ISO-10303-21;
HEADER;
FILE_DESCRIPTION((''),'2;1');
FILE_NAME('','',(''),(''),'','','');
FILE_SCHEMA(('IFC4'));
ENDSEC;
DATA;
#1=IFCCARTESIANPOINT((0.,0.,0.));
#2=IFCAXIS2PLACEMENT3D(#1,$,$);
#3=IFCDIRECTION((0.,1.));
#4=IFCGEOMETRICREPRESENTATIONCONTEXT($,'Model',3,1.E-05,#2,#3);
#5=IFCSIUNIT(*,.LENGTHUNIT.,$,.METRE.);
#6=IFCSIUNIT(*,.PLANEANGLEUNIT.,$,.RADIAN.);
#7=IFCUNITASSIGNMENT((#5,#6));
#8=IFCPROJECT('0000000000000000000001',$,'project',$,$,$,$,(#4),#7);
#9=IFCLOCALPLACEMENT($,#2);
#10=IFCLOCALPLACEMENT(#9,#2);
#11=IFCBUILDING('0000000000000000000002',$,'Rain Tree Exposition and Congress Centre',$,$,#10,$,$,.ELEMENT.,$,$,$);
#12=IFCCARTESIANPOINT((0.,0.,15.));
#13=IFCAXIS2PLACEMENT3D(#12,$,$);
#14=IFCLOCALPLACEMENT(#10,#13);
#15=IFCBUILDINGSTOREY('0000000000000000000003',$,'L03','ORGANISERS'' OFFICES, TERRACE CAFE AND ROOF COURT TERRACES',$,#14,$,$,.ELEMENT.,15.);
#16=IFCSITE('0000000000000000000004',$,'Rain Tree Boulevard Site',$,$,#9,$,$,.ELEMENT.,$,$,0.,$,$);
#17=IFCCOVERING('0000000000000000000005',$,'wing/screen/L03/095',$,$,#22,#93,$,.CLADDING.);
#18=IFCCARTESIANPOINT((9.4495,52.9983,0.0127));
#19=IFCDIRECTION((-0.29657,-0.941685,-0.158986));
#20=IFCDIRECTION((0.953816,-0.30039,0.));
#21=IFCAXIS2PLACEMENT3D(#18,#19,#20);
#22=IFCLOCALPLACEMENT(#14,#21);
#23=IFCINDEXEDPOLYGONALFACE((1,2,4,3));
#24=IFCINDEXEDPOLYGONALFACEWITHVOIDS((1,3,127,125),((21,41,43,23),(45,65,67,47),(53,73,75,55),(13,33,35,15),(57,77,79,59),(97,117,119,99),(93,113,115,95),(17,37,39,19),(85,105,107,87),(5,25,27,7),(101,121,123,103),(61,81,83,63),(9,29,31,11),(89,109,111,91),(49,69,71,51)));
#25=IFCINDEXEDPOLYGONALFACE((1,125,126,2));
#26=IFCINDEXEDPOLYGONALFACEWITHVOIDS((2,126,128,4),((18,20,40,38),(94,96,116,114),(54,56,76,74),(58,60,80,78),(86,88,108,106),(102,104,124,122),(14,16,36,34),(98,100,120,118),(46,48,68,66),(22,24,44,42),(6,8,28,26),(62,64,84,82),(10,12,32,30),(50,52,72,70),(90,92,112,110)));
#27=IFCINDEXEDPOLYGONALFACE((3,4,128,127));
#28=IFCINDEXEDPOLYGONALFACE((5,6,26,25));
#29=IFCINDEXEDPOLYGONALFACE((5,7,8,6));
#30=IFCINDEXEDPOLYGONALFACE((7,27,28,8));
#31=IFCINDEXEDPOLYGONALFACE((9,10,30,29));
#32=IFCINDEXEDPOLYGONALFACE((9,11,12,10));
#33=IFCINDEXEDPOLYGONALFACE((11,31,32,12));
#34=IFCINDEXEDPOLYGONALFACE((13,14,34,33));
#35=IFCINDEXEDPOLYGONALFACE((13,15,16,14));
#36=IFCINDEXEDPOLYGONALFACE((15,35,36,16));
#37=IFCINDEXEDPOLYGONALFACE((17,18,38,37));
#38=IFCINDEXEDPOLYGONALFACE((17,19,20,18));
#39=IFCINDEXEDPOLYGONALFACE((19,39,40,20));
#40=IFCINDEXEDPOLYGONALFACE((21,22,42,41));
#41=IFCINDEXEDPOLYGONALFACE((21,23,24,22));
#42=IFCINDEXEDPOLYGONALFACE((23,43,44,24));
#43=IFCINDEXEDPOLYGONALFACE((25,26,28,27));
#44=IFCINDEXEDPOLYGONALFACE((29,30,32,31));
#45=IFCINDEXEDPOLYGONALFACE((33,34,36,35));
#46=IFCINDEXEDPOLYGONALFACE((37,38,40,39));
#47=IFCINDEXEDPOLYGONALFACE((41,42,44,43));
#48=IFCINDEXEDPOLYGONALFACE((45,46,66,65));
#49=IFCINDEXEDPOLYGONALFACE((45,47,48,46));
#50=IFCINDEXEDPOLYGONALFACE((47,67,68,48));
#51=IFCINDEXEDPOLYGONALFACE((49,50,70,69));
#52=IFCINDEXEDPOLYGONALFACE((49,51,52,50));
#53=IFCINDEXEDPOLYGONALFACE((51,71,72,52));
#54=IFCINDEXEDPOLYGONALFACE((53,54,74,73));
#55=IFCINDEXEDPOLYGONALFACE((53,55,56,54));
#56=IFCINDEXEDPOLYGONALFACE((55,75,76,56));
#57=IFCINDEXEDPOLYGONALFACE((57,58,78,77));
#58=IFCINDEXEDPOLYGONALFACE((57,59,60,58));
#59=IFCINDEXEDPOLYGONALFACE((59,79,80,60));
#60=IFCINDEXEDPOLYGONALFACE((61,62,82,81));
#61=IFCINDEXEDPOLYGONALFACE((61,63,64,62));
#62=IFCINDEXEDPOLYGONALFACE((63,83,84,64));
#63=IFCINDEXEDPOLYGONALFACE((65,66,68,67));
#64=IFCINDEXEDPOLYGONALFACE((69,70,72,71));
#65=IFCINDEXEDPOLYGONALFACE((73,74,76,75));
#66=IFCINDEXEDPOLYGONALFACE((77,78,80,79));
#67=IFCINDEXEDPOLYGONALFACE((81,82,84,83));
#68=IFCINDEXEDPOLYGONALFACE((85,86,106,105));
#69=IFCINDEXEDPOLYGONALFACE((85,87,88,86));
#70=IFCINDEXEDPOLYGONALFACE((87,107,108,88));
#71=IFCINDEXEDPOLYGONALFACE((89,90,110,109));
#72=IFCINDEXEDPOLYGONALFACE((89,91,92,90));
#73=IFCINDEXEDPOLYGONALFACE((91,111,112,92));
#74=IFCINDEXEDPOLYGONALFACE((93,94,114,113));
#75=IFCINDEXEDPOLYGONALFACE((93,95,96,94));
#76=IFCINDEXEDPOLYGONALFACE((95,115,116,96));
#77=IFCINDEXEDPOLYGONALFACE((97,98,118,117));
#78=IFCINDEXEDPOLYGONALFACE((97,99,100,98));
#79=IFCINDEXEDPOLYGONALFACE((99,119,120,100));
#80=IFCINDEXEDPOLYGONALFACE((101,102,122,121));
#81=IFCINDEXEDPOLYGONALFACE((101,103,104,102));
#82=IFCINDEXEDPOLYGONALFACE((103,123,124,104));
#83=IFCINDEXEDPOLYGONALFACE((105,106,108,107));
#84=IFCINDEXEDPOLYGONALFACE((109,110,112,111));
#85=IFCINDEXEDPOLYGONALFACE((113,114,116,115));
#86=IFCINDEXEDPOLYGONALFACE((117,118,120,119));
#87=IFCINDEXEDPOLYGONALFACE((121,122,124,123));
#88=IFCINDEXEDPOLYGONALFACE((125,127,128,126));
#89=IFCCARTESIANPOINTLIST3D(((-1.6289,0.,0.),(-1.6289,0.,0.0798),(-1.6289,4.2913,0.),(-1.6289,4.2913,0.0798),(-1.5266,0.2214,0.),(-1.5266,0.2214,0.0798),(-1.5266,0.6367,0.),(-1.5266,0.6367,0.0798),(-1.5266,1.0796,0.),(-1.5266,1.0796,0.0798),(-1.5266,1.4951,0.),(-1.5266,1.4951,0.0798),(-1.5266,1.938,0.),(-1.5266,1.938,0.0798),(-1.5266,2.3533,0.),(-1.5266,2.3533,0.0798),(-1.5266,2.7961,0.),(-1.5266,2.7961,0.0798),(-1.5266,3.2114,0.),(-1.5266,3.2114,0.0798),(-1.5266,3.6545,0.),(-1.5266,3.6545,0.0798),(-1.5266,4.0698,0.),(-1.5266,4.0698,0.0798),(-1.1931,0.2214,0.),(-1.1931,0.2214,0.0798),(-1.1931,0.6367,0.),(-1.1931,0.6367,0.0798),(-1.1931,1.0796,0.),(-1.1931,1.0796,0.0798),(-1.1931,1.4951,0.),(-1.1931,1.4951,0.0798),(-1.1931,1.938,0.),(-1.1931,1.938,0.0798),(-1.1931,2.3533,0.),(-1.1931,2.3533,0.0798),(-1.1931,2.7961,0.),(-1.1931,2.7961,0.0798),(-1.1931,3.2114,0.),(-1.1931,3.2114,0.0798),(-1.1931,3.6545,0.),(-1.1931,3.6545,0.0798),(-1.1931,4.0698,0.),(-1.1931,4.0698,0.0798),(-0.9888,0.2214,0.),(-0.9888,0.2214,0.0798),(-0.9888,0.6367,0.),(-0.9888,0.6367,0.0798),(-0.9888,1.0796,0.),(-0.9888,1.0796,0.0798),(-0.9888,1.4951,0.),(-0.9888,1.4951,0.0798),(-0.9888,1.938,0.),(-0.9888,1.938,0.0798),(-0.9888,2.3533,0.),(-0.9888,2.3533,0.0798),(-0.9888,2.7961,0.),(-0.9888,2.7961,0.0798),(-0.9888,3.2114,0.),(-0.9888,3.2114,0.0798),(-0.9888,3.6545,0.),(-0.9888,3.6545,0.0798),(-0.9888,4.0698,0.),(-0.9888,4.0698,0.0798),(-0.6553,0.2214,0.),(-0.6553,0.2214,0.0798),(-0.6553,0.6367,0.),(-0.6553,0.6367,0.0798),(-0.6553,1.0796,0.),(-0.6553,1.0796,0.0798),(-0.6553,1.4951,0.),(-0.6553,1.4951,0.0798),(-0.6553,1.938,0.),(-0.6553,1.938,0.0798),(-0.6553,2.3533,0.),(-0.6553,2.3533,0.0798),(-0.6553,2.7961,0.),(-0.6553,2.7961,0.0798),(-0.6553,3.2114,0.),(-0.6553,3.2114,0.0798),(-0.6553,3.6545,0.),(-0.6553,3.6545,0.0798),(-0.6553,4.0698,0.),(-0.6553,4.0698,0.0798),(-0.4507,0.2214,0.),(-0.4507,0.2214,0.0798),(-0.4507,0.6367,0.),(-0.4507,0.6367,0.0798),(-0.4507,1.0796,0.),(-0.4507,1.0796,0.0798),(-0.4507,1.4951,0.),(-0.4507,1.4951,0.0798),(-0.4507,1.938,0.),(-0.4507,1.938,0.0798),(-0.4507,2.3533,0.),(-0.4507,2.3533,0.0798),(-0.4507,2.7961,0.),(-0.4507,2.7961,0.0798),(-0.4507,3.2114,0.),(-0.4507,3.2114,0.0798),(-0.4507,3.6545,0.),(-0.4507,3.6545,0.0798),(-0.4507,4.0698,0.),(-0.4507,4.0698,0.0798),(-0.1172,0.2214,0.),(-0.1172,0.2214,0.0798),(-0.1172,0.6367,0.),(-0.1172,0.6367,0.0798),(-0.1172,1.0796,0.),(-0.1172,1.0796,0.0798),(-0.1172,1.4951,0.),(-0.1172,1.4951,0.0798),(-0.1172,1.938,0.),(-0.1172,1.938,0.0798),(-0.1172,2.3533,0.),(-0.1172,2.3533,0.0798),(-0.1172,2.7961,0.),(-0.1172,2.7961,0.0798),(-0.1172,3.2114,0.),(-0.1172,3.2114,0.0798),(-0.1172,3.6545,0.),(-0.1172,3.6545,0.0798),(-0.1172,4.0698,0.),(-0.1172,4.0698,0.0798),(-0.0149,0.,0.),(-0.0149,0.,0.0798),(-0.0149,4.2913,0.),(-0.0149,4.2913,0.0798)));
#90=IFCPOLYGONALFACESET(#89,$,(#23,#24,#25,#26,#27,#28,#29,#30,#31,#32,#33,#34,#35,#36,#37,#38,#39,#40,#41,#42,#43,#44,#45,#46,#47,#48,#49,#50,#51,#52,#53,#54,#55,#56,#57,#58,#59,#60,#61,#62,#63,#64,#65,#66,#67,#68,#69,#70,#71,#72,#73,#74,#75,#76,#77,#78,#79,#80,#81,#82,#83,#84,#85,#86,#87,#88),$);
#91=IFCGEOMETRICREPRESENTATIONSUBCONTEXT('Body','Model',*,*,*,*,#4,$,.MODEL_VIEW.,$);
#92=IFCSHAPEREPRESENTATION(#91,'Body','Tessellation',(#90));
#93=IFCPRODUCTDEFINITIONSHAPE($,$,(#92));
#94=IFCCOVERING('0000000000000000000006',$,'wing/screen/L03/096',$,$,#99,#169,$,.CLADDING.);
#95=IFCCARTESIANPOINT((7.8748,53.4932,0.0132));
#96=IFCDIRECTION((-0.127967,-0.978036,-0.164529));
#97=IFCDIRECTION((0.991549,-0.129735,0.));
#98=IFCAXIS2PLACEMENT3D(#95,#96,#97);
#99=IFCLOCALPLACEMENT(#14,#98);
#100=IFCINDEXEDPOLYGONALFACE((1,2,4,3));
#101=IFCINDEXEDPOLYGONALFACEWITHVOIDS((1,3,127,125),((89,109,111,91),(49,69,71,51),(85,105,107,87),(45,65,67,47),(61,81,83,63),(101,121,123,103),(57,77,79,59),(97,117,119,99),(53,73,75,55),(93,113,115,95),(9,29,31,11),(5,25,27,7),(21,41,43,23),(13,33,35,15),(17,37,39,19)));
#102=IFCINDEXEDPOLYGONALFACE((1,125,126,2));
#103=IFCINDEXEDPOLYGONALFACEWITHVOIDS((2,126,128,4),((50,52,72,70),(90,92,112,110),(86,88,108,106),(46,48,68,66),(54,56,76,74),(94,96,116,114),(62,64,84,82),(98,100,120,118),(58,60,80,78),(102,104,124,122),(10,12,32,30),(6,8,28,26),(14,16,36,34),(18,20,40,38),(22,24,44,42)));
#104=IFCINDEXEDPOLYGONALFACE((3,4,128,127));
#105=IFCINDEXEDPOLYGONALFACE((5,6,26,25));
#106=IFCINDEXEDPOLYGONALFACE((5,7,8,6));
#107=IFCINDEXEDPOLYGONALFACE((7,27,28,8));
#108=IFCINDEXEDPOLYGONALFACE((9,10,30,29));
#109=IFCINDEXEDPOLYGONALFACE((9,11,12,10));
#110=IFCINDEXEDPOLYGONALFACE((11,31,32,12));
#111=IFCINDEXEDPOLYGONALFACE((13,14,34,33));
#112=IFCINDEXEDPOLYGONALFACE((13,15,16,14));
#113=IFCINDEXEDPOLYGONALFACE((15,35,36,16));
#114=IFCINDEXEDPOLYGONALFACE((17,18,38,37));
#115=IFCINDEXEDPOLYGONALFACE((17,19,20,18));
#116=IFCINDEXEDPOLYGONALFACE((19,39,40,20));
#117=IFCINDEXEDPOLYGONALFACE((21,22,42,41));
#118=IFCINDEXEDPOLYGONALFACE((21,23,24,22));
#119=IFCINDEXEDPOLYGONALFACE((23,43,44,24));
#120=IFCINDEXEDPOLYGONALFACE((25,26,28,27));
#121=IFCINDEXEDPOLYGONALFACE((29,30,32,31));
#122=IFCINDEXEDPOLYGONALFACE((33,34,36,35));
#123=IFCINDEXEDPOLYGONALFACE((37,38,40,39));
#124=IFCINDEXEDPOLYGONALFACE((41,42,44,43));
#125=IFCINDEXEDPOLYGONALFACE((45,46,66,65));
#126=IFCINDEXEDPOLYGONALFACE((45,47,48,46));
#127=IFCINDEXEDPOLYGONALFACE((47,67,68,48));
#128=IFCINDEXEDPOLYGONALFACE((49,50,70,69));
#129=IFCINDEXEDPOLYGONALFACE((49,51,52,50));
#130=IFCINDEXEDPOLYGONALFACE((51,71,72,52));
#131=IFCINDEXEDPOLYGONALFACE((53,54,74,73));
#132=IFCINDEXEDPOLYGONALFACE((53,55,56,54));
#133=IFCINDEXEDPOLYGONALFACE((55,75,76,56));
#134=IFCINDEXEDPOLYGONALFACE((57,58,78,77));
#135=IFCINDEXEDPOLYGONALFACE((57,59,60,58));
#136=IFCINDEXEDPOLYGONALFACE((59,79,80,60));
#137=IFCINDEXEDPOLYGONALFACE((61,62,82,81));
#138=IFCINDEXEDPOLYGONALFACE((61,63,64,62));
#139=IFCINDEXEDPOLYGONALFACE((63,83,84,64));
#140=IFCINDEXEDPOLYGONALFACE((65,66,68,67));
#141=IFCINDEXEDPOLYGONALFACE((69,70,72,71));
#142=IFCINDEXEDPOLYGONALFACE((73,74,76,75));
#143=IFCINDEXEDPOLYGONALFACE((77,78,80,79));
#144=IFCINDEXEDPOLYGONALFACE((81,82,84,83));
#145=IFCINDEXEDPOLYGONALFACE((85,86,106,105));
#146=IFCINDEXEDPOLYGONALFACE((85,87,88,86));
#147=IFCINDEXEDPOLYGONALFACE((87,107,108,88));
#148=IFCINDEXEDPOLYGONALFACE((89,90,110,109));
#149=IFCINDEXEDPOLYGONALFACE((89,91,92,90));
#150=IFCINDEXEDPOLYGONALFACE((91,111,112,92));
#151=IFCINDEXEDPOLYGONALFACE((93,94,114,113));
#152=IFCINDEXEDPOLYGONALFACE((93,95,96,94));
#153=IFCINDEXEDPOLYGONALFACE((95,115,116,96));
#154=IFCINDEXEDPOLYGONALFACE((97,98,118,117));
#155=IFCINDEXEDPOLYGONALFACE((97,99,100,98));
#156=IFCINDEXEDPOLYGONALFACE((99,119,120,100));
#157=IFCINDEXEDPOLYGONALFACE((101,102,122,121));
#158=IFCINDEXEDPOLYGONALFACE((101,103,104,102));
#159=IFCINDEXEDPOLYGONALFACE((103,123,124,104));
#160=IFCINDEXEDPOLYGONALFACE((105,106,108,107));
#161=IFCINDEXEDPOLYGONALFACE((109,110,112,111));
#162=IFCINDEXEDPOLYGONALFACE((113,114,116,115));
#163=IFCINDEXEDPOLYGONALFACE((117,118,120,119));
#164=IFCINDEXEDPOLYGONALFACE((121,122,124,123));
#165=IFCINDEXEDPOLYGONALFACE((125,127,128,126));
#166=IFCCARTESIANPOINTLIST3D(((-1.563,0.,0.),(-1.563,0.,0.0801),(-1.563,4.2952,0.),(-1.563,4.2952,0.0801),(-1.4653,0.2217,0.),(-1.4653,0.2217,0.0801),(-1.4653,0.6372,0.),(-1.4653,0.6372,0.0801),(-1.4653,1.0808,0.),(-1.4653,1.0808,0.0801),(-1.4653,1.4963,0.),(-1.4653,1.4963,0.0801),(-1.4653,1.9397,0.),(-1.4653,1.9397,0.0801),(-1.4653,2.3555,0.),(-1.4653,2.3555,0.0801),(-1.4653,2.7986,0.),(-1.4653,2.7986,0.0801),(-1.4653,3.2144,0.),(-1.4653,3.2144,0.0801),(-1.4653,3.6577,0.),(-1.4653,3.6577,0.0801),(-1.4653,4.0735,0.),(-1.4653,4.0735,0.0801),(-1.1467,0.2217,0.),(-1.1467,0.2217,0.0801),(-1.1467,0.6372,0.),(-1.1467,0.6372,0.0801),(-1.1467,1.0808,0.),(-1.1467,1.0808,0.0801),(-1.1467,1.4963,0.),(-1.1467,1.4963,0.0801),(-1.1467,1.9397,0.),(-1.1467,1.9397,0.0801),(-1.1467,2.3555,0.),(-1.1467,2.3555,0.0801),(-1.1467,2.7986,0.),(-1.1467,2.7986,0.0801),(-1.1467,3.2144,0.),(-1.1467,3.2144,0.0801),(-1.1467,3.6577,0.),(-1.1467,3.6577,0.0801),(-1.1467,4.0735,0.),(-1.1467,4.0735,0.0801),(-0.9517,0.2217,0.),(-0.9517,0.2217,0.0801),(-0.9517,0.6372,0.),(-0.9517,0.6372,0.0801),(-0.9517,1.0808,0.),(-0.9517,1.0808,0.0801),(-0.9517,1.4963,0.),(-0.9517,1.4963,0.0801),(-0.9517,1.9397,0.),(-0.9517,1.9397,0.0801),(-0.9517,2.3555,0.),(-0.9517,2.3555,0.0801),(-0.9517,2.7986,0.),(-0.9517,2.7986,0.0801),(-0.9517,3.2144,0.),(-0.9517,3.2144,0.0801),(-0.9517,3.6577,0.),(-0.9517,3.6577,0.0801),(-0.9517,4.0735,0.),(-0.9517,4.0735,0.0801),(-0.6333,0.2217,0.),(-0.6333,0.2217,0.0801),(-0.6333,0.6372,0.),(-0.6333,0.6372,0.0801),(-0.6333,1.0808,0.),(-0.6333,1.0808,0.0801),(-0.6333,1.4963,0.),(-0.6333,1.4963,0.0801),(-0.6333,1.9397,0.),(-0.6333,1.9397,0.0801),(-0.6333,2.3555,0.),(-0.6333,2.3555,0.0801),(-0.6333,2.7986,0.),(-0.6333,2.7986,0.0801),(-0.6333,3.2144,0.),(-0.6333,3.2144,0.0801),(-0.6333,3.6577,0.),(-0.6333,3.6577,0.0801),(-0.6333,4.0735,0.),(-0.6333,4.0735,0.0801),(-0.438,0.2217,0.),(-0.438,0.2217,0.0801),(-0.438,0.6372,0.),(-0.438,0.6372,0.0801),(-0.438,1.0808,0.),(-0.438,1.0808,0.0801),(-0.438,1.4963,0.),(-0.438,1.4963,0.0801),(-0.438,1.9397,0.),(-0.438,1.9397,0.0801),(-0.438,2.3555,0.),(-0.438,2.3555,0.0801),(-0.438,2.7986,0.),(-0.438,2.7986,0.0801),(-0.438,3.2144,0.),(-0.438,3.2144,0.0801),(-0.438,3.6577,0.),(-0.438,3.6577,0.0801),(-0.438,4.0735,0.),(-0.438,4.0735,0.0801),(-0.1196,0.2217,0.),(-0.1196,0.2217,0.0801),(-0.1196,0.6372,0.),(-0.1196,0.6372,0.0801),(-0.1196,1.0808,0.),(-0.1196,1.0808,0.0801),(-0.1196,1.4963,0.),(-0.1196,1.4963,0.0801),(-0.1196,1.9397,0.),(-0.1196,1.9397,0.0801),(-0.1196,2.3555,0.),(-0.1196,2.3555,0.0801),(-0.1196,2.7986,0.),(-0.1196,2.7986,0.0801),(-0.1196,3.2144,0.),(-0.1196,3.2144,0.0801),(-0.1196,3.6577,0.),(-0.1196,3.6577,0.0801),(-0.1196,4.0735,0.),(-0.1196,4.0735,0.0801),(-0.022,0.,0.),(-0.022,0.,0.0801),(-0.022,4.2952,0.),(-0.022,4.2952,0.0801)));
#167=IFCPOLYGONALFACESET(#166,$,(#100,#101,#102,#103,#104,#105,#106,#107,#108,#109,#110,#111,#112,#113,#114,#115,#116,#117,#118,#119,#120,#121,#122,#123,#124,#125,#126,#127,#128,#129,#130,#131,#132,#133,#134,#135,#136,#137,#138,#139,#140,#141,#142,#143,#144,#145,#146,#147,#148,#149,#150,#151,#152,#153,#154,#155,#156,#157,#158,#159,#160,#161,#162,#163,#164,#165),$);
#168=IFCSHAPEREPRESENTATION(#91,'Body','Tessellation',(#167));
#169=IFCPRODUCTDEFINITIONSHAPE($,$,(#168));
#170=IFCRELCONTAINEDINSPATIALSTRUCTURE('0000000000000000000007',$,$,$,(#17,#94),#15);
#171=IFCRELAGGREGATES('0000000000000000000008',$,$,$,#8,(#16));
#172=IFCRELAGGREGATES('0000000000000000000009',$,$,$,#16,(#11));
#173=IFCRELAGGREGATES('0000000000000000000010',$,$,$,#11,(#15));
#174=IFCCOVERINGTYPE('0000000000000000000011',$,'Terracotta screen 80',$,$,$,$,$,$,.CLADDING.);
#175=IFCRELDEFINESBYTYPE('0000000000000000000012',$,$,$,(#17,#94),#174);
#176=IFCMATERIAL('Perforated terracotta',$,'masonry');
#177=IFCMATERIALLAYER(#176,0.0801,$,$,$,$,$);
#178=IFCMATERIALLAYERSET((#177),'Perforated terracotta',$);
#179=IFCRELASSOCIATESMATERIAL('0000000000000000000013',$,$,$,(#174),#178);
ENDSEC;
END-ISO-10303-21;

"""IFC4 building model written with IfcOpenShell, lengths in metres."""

from ifc_helpers import new_model, si_unit, direction, frame, origin, place, context, subcontext, project, spatial, polyline, outline, extrude, material, layer, layer_set, type_object, element, save


model = new_model("IFC4")

# Units and contexts
model_context = context("Model", 3, precision=1e-05, world=origin(), true_north=direction((0.0, 1.0)))
body_context = subcontext(model_context, "Body", "Model", "MODEL_VIEW")
ifc_project = project(units=[si_unit("LENGTHUNIT", "METRE"), si_unit("PLANEANGLEUNIT", "RADIAN")], contexts=[model_context])

# Site, building, storey
site_placement = place(None, origin())
site = spatial("IfcSite", under=ifc_project, at=site_placement, Name="Rain Tree Boulevard Site", CompositionType="ELEMENT", RefElevation=0.0)
building_placement = place(site_placement, origin())
building = spatial("IfcBuilding", under=site, at=building_placement, Name="Rain Tree Exposition and Congress Centre", CompositionType="ELEMENT")
storey_placement = place(building_placement, frame((0.0, 0.0, 15.0)))
storey = spatial("IfcBuildingStorey", under=building, at=storey_placement, Name="L03", Description="ORGANISERS' OFFICES, TERRACE CAFE AND ROOF COURT TERRACES", CompositionType="ELEMENT", Elevation=15.0)

# Coverings
ifc_material_1 = material(Name="Perforated terracotta", Category="masonry")
ifc_layer = layer(ifc_material_1, 0.0801)
ifc_layer_set = layer_set([ifc_layer], Name="Perforated terracotta")
covering_type = type_object("IfcCoveringType", Name="Terracotta screen 80", PredefinedType="CLADDING", material=ifc_layer_set)
covering_1_placement = place(storey_placement, frame((9.4495, 52.9983, 0.0127), z_axis=(-0.29657, -0.941685, -0.158986), x_axis=(0.953816, -0.30039, 0.0)))
element("IfcCovering", 1, at=covering_1_placement, inside=storey, type_object=covering_type, Name="wing/screen/L03/095", PredefinedType="CLADDING", context=body_context, shape_type="SweptSolid", body=[
    extrude(outline(polyline([(-1.6289, 0.0), (-1.6289, 4.2913), (-0.0149, 4.2913), (-0.0149, 0.0), (-1.6289, 0.0)]), holes=[polyline([(-0.1172, 0.2214), (-0.1172, 0.6367), (-0.4507, 0.6367), (-0.4507, 0.2214), (-0.1172, 0.2214)]), polyline([(-0.1172, 1.0796), (-0.1172, 1.4951), (-0.4507, 1.4951), (-0.4507, 1.0796), (-0.1172, 1.0796)]), polyline([(-0.1172, 1.938), (-0.1172, 2.3533), (-0.4507, 2.3533), (-0.4507, 1.938), (-0.1172, 1.938)]), polyline([(-0.1172, 2.7961), (-0.1172, 3.2114), (-0.4507, 3.2114), (-0.4507, 2.7961), (-0.1172, 2.7961)]), polyline([(-0.1172, 3.6545), (-0.1172, 4.0698), (-0.4507, 4.0698), (-0.4507, 3.6545), (-0.1172, 3.6545)]), polyline([(-0.6553, 0.2214), (-0.6553, 0.6367), (-0.9888, 0.6367), (-0.9888, 0.2214), (-0.6553, 0.2214)]), polyline([(-0.6553, 1.0796), (-0.6553, 1.4951), (-0.9888, 1.4951), (-0.9888, 1.0796), (-0.6553, 1.0796)]), polyline([(-0.6553, 1.938), (-0.6553, 2.3533), (-0.9888, 2.3533), (-0.9888, 1.938), (-0.6553, 1.938)]), polyline([(-0.6553, 2.7961), (-0.6553, 3.2114), (-0.9888, 3.2114), (-0.9888, 2.7961), (-0.6553, 2.7961)]), polyline([(-0.6553, 3.6545), (-0.6553, 4.0698), (-0.9888, 4.0698), (-0.9888, 3.6545), (-0.6553, 3.6545)]), polyline([(-1.1931, 0.2214), (-1.1931, 0.6367), (-1.5266, 0.6367), (-1.5266, 0.2214), (-1.1931, 0.2214)]), polyline([(-1.1931, 1.0796), (-1.1931, 1.4951), (-1.5266, 1.4951), (-1.5266, 1.0796), (-1.1931, 1.0796)]), polyline([(-1.1931, 1.938), (-1.1931, 2.3533), (-1.5266, 2.3533), (-1.5266, 1.938), (-1.1931, 1.938)]), polyline([(-1.1931, 2.7961), (-1.1931, 3.2114), (-1.5266, 3.2114), (-1.5266, 2.7961), (-1.1931, 2.7961)]), polyline([(-1.1931, 3.6545), (-1.1931, 4.0698), (-1.5266, 4.0698), (-1.5266, 3.6545), (-1.1931, 3.6545)])]), origin(), (0.0, 0.0, 1.0), 0.0798),
])
covering_2_placement = place(storey_placement, frame((7.8748, 53.4932, 0.0132), z_axis=(-0.127967, -0.978036, -0.164529), x_axis=(0.991549, -0.129735, 0.0)))
element("IfcCovering", 2, at=covering_2_placement, inside=storey, type_object=covering_type, Name="wing/screen/L03/096", PredefinedType="CLADDING", context=body_context, shape_type="SweptSolid", body=[
    extrude(outline(polyline([(-1.563, 0.0), (-1.563, 4.2952), (-0.022, 4.2952), (-0.022, 0.0), (-1.563, 0.0)]), holes=[polyline([(-0.1196, 0.2217), (-0.1196, 0.6372), (-0.438, 0.6372), (-0.438, 0.2217), (-0.1196, 0.2217)]), polyline([(-0.1196, 1.0808), (-0.1196, 1.4963), (-0.438, 1.4963), (-0.438, 1.0808), (-0.1196, 1.0808)]), polyline([(-0.1196, 1.9397), (-0.1196, 2.3555), (-0.438, 2.3555), (-0.438, 1.9397), (-0.1196, 1.9397)]), polyline([(-0.1196, 2.7986), (-0.1196, 3.2144), (-0.438, 3.2144), (-0.438, 2.7986), (-0.1196, 2.7986)]), polyline([(-0.1196, 3.6577), (-0.1196, 4.0735), (-0.438, 4.0735), (-0.438, 3.6577), (-0.1196, 3.6577)]), polyline([(-0.6333, 0.2217), (-0.6333, 0.6372), (-0.9517, 0.6372), (-0.9517, 0.2217), (-0.6333, 0.2217)]), polyline([(-0.6333, 1.0808), (-0.6333, 1.4963), (-0.9517, 1.4963), (-0.9517, 1.0808), (-0.6333, 1.0808)]), polyline([(-0.6333, 1.9397), (-0.6333, 2.3555), (-0.9517, 2.3555), (-0.9517, 1.9397), (-0.6333, 1.9397)]), polyline([(-0.6333, 2.7986), (-0.6333, 3.2144), (-0.9517, 3.2144), (-0.9517, 2.7986), (-0.6333, 2.7986)]), polyline([(-0.6333, 3.6577), (-0.6333, 4.0735), (-0.9517, 4.0735), (-0.9517, 3.6577), (-0.6333, 3.6577)]), polyline([(-1.1467, 0.2217), (-1.1467, 0.6372), (-1.4653, 0.6372), (-1.4653, 0.2217), (-1.1467, 0.2217)]), polyline([(-1.1467, 1.0808), (-1.1467, 1.4963), (-1.4653, 1.4963), (-1.4653, 1.0808), (-1.1467, 1.0808)]), polyline([(-1.1467, 1.9397), (-1.1467, 2.3555), (-1.4653, 2.3555), (-1.4653, 1.9397), (-1.1467, 1.9397)]), polyline([(-1.1467, 2.7986), (-1.1467, 3.2144), (-1.4653, 3.2144), (-1.4653, 2.7986), (-1.1467, 2.7986)]), polyline([(-1.1467, 3.6577), (-1.1467, 4.0735), (-1.4653, 4.0735), (-1.4653, 3.6577), (-1.1467, 3.6577)])]), origin(), (0.0, 0.0, 1.0), 0.0801),
])

save(model, "model.ifc")
